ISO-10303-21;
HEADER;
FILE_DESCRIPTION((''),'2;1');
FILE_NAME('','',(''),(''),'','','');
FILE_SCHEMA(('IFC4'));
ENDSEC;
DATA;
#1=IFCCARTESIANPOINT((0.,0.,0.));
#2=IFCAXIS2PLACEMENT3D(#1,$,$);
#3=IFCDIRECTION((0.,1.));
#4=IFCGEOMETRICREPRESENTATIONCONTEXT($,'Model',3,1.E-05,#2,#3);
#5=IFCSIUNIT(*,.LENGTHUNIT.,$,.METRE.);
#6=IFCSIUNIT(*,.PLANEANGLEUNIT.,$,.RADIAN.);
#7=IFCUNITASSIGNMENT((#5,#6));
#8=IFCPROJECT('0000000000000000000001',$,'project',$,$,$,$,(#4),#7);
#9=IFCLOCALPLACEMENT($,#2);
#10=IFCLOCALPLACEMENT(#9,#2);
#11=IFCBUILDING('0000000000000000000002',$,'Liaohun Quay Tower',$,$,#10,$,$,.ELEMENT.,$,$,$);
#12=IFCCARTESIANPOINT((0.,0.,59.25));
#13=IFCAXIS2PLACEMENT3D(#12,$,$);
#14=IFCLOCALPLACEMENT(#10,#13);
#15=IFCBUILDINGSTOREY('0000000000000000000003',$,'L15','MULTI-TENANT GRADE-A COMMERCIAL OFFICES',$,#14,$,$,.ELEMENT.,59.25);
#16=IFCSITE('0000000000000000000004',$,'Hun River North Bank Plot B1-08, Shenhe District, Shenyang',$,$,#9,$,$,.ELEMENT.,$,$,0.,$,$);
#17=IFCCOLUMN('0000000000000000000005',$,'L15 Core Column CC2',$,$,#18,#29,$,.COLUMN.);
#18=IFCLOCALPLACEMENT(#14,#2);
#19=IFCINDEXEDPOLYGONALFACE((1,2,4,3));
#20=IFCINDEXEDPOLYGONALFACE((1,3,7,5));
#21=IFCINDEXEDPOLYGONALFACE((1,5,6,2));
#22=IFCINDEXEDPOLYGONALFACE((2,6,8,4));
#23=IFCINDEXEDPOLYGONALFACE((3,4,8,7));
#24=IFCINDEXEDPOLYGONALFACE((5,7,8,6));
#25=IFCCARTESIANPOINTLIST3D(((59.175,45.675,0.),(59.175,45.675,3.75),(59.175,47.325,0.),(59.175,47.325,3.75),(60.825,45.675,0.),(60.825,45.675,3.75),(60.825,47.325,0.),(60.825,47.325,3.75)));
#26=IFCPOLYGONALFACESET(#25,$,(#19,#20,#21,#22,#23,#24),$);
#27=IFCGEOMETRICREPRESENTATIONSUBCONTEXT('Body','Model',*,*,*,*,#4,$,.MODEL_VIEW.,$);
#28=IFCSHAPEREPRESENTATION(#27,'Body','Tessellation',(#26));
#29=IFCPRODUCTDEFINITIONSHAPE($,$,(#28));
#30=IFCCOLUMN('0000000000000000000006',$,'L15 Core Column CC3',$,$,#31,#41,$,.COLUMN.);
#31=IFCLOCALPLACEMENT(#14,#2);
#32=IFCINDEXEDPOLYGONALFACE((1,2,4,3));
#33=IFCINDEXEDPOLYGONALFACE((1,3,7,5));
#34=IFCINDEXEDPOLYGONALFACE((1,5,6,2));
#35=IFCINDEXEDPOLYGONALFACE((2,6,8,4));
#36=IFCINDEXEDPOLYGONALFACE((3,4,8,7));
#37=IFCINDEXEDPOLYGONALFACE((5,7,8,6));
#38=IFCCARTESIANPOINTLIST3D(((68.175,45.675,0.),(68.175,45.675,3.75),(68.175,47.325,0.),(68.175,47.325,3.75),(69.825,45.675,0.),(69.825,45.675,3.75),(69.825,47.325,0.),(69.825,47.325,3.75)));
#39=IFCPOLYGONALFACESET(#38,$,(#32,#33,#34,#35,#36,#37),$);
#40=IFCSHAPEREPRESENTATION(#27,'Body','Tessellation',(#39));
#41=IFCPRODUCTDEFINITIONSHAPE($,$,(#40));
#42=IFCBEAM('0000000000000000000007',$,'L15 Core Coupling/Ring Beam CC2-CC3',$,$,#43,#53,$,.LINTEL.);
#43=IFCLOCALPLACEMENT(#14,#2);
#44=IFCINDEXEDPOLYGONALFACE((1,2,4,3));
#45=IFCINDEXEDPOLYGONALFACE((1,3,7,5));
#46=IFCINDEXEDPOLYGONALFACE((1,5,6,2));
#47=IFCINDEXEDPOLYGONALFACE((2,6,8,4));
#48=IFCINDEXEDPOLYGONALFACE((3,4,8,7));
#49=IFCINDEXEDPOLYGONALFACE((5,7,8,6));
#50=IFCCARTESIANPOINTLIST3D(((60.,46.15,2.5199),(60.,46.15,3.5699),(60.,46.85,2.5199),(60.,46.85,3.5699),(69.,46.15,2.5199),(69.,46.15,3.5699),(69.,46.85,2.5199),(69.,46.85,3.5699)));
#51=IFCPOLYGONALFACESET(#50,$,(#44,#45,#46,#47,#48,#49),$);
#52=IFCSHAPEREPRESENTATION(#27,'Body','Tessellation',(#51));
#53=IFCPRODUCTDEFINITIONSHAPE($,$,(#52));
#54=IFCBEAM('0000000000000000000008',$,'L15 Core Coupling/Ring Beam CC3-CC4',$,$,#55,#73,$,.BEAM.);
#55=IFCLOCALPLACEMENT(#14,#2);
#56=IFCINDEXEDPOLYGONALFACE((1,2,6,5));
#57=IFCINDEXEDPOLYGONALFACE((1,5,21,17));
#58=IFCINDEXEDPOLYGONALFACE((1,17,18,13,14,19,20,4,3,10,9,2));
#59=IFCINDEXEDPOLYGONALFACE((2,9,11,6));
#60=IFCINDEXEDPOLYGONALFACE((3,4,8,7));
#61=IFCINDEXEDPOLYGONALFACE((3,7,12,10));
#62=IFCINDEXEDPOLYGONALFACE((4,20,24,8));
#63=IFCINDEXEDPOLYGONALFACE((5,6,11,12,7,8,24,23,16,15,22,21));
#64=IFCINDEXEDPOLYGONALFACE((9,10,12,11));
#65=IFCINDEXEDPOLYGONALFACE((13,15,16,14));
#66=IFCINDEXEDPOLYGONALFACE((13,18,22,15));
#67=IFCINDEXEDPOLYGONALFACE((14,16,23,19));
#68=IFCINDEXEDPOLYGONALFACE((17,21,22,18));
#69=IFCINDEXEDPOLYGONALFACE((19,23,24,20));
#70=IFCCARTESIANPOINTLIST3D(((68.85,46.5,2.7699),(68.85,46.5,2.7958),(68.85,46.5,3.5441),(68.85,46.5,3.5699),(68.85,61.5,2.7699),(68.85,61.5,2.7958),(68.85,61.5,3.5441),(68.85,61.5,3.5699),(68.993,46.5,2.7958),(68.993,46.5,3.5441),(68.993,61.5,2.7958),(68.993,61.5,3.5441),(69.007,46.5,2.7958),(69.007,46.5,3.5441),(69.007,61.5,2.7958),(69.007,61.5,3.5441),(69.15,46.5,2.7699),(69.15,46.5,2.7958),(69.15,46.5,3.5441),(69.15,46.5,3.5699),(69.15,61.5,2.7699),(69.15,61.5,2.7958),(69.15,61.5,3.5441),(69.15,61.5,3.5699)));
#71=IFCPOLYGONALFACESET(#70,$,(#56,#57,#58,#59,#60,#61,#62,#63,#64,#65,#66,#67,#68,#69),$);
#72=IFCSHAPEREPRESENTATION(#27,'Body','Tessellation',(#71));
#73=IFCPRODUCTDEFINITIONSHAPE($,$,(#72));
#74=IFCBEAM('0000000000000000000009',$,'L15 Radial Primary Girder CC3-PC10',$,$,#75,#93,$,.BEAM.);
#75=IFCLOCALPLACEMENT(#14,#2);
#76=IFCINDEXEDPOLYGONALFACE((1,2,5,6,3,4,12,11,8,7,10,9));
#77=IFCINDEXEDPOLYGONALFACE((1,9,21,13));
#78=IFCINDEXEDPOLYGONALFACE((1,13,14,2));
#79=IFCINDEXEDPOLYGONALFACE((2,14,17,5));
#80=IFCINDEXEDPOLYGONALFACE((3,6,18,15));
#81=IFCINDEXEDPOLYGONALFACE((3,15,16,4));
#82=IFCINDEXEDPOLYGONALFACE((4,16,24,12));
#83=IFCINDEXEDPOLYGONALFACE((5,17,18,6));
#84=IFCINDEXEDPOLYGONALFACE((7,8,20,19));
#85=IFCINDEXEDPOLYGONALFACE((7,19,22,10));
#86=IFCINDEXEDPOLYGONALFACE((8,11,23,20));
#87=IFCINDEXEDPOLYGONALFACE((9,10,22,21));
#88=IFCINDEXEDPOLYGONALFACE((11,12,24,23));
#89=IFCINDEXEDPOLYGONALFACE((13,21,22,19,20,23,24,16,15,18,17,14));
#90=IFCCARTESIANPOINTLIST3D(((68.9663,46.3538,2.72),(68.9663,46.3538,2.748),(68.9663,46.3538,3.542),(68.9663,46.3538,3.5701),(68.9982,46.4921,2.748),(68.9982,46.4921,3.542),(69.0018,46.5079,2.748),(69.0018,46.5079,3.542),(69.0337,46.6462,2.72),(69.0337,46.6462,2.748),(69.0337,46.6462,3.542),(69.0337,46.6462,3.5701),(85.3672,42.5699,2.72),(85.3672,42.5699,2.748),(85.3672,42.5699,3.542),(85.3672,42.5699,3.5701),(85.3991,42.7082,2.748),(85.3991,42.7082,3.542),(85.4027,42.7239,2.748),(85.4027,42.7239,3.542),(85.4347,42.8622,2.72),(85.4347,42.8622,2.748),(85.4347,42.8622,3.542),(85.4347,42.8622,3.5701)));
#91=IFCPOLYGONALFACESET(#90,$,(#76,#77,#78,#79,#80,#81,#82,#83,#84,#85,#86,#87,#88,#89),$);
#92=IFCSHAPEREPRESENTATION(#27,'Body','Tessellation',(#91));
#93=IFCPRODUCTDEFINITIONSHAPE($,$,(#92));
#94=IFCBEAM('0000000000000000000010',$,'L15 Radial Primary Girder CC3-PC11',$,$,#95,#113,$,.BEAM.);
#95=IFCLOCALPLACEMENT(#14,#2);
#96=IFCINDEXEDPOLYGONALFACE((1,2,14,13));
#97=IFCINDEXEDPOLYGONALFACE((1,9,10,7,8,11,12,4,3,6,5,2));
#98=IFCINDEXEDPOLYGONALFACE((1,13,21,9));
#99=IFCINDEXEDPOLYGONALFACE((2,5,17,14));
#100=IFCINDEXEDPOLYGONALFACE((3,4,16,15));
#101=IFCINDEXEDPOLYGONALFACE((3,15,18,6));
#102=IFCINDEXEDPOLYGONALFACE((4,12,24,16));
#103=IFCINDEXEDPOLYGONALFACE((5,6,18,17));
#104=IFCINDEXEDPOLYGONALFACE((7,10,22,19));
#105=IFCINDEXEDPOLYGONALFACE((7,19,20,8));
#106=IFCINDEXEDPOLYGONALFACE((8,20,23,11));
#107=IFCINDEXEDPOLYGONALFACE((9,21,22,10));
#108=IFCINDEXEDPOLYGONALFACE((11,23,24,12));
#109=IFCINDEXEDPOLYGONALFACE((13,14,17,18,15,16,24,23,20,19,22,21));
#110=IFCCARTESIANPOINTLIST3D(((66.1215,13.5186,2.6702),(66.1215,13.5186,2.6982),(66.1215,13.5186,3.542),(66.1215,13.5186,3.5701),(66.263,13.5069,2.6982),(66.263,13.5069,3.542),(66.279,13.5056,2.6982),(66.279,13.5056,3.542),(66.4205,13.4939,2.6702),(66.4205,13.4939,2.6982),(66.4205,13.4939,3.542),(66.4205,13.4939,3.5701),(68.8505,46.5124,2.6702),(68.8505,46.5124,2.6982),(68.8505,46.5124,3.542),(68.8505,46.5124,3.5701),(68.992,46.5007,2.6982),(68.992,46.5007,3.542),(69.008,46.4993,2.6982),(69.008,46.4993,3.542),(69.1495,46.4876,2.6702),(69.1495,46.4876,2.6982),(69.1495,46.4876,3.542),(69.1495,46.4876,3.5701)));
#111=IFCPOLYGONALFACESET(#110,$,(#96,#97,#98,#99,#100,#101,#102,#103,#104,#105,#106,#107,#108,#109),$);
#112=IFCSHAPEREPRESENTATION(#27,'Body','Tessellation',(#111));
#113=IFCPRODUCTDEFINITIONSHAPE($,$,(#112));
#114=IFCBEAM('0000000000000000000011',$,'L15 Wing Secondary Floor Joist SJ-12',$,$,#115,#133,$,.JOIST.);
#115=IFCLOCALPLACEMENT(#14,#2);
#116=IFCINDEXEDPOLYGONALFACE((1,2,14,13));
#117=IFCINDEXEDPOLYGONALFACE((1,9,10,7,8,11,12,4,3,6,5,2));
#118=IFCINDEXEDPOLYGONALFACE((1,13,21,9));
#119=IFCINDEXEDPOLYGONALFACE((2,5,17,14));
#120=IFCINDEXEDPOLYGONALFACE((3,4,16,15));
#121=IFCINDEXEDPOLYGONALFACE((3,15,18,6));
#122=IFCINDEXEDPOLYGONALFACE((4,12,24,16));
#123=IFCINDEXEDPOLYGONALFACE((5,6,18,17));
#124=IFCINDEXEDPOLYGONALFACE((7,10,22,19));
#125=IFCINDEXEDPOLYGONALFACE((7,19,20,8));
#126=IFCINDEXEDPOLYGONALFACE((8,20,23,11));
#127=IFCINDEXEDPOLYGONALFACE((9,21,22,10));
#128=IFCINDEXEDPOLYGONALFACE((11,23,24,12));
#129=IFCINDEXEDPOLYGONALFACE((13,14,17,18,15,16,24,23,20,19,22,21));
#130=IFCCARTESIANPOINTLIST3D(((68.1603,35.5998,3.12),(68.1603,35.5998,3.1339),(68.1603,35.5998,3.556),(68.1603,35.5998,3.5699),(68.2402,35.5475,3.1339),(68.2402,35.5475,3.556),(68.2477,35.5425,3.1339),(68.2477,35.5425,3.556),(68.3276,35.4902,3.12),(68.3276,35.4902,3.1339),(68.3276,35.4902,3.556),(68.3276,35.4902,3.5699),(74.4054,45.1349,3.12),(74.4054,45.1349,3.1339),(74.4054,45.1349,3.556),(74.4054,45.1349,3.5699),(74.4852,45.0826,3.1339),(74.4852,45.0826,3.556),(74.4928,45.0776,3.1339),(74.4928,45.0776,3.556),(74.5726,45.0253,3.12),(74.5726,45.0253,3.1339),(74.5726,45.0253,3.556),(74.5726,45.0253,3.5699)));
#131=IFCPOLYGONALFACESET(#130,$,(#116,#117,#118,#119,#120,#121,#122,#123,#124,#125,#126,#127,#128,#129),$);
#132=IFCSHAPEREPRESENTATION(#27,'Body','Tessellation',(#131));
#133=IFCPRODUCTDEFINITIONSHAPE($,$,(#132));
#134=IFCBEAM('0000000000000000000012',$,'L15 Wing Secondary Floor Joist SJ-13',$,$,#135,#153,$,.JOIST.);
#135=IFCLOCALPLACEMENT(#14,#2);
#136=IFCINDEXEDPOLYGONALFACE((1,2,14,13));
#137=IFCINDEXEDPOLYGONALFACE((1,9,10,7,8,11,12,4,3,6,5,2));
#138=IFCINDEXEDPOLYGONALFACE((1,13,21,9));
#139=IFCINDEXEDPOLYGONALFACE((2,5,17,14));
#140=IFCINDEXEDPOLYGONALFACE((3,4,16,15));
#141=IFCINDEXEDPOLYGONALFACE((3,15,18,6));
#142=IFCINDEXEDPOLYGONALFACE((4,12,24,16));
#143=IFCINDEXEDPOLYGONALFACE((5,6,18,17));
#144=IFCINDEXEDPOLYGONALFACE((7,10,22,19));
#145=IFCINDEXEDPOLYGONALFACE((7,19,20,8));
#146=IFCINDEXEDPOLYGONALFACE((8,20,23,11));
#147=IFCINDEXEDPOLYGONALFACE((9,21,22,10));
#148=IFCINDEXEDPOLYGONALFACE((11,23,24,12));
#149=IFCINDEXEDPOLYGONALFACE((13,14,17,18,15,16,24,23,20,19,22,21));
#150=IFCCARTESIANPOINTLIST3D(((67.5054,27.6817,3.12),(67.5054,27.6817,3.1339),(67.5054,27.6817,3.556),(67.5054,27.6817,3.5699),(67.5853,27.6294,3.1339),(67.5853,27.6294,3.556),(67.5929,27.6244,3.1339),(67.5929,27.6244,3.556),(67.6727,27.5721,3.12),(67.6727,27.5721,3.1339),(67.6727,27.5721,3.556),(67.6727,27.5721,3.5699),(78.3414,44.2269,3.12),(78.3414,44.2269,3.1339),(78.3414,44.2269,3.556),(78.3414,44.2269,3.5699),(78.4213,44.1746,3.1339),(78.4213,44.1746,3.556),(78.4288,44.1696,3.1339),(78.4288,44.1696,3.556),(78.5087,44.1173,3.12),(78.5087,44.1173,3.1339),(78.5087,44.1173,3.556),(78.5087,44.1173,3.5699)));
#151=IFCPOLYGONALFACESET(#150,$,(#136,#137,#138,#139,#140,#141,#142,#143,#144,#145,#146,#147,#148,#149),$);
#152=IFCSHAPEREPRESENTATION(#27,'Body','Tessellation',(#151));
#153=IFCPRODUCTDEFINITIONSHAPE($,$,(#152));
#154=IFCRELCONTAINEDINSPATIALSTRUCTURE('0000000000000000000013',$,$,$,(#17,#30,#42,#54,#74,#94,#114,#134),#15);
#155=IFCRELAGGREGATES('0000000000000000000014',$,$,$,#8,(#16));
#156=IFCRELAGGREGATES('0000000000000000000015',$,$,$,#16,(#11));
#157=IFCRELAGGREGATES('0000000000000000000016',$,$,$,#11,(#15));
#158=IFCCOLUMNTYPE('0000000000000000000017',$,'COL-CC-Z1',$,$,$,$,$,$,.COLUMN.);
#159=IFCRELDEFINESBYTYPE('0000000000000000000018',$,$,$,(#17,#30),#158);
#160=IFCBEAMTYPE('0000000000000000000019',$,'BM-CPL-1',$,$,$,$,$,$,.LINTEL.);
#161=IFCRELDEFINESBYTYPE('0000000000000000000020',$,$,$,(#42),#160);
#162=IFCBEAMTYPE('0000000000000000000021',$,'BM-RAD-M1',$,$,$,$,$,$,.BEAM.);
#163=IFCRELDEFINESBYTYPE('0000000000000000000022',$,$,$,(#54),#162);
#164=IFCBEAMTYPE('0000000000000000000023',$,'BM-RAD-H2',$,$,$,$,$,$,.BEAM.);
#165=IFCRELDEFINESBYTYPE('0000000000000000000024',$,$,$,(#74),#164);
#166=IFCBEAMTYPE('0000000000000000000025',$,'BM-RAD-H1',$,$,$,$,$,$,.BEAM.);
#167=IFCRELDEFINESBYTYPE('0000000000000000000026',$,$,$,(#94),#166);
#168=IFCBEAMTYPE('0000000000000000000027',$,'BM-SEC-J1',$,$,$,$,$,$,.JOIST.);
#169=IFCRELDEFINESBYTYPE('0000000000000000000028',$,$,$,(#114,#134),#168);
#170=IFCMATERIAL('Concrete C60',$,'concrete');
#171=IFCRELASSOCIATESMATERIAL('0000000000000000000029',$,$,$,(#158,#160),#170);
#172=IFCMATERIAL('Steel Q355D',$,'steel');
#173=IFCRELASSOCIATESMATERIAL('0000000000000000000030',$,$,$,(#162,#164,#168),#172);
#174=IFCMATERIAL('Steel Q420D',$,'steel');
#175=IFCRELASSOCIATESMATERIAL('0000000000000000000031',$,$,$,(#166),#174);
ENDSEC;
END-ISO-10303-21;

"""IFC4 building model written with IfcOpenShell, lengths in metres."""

from ifc_helpers import new_model, si_unit, direction, frame, origin, origin_2d, place, context, subcontext, project, spatial, rectangle, i_section, extrude, source, transform, mapped, material, material_profile, profile_set, type_object, element, save


model = new_model("IFC4")

# Units and contexts
model_context = context("Model", 3, precision=1e-05, world=origin(), true_north=direction((0.0, 1.0)))
body_context = subcontext(model_context, "Body", "Model", "MODEL_VIEW")
ifc_project = project(units=[si_unit("LENGTHUNIT", "METRE"), si_unit("PLANEANGLEUNIT", "RADIAN")], contexts=[model_context])

# Site, building, storey
site_placement = place(None, origin())
site = spatial("IfcSite", under=ifc_project, at=site_placement, Name="Hun River North Bank Plot B1-08, Shenhe District, Shenyang", CompositionType="ELEMENT", RefElevation=0.0)
building_placement = place(site_placement, origin())
building = spatial("IfcBuilding", under=site, at=building_placement, Name="Liaohun Quay Tower", CompositionType="ELEMENT")
storey_placement = place(building_placement, frame((0.0, 0.0, 59.25)))
storey = spatial("IfcBuildingStorey", under=building, at=storey_placement, Name="L15", Description="MULTI-TENANT GRADE-A COMMERCIAL OFFICES", CompositionType="ELEMENT", Elevation=59.25)

# Columns
ifc_material_1 = material(Name="Concrete C60", Category="concrete")
ifc_material_profile_1 = material_profile(ifc_material_1, rectangle(XDim=1.6499, YDim=1.6499, at=origin_2d()), Name="RC1650x1650")
ifc_profile_set_1 = profile_set([ifc_material_profile_1], Name="Concrete C60")
column_type = type_object("IfcColumnType", Name="COL-CC-Z1", PredefinedType="COLUMN", material=ifc_profile_set_1)
shared_shape_1 = source(origin(), body_context, "Body", "SweptSolid", [
    extrude(rectangle(XDim=1.6499, YDim=1.6499, at=origin_2d()), origin(), (0.0, 0.0, 1.0), 3.75),
])
for number, where, z_axis, x_axis, name in (
    (1, (60.0, 46.5, 0.0), (0.0, 0.0, 1.0), (1.0, 0.0, 0.0), "L15 Core Column CC2"),
    (2, (69.0, 46.5, 0.0), (0.0, 0.0, 1.0), (1.0, 0.0, 0.0), "L15 Core Column CC3"),
):
    element("IfcColumn", number, at=place(storey_placement, frame(where, z_axis=z_axis, x_axis=x_axis)), inside=storey, type_object=column_type, Name=name, PredefinedType="COLUMN", context=body_context, shape_type="MappedRepresentation", body=[
        mapped(shared_shape_1, transform((0.0, 0.0, 0.0), x_axis=(1.0, 0.0, 0.0), y_axis=(0.0, 1.0, 0.0), z_axis=(0.0, 0.0, 1.0), scale=1.0)),
    ])

# Beams
ifc_material_profile_2 = material_profile(ifc_material_1, rectangle(XDim=0.7, YDim=1.05, at=origin_2d()), Name="RC700x1050")
ifc_profile_set_2 = profile_set([ifc_material_profile_2], Name="Concrete C60")
beam_type_1 = type_object("IfcBeamType", Name="BM-CPL-1", PredefinedType="LINTEL", material=ifc_profile_set_2)
shared_shape_2 = source(origin(), body_context, "Body", "SweptSolid", [
    extrude(rectangle(XDim=0.7, YDim=1.05, at=origin_2d()), origin(), (0.0, 0.0, 1.0), 9.0),
])
beam_1_placement = place(storey_placement, frame((60.0, 46.5, 3.0449), z_axis=(1.0, 0.0, 0.0), x_axis=(0.0, 1.0, 0.0)))
element("IfcBeam", 3, at=beam_1_placement, inside=storey, type_object=beam_type_1, Name="L15 Core Coupling/Ring Beam CC2-CC3", PredefinedType="LINTEL", context=body_context, shape_type="MappedRepresentation", body=[
    mapped(shared_shape_2, transform((0.0, 0.0, 0.0), x_axis=(1.0, 0.0, 0.0), y_axis=(0.0, 1.0, 0.0), z_axis=(0.0, 0.0, 1.0), scale=1.0)),
])
ifc_material_2 = material(Name="Steel Q355D", Category="steel")
ifc_material_profile_3 = material_profile(ifc_material_2, i_section(OverallWidth=0.3, OverallDepth=0.8, WebThickness=0.0139, FlangeThickness=0.0259, at=origin_2d()), Name="HN800x300x14x26")
ifc_profile_set_3 = profile_set([ifc_material_profile_3], Name="Steel Q355D")
beam_type_2 = type_object("IfcBeamType", Name="BM-RAD-M1", PredefinedType="BEAM", material=ifc_profile_set_3)
shared_shape_3 = source(origin(), body_context, "Body", "SweptSolid", [
    extrude(i_section(OverallWidth=0.3, OverallDepth=0.8, WebThickness=0.0139, FlangeThickness=0.0259, at=origin_2d()), origin(), (0.0, 0.0, 1.0), 15.0),
])
beam_2_placement = place(storey_placement, frame((69.0, 46.5, 3.1699), z_axis=(0.0, 1.0, 0.0), x_axis=(-1.0, 0.0, 0.0)))
element("IfcBeam", 4, at=beam_2_placement, inside=storey, type_object=beam_type_2, Name="L15 Core Coupling/Ring Beam CC3-CC4", PredefinedType="BEAM", context=body_context, shape_type="MappedRepresentation", body=[
    mapped(shared_shape_3, transform((0.0, 0.0, 0.0), x_axis=(1.0, 0.0, 0.0), y_axis=(0.0, 1.0, 0.0), z_axis=(0.0, 0.0, 1.0), scale=1.0)),
])
ifc_material_profile_4 = material_profile(ifc_material_2, i_section(OverallWidth=0.3, OverallDepth=0.8501, WebThickness=0.0161, FlangeThickness=0.0281, at=origin_2d()), Name="HN850x300x16x28")
ifc_profile_set_4 = profile_set([ifc_material_profile_4], Name="Steel Q355D")
beam_type_3 = type_object("IfcBeamType", Name="BM-RAD-H2", PredefinedType="BEAM", material=ifc_profile_set_4)
shared_shape_4 = source(origin(), body_context, "Body", "SweptSolid", [
    extrude(i_section(OverallWidth=0.3, OverallDepth=0.8501, WebThickness=0.0161, FlangeThickness=0.0281, at=origin_2d()), origin(), (0.0, 0.0, 1.0), 16.8318),
])
beam_3_placement = place(storey_placement, frame((69.0, 46.5, 3.145), z_axis=(0.974403, -0.22481, 0.0), x_axis=(0.22481, 0.974403, 0.0)))
element("IfcBeam", 5, at=beam_3_placement, inside=storey, type_object=beam_type_3, Name="L15 Radial Primary Girder CC3-PC10", PredefinedType="BEAM", context=body_context, shape_type="MappedRepresentation", body=[
    mapped(shared_shape_4, transform((0.0, 0.0, 0.0), x_axis=(1.0, 0.0, 0.0), y_axis=(0.0, 1.0, 0.0), z_axis=(0.0, 0.0, 1.0), scale=1.0)),
])
ifc_material_3 = material(Name="Steel Q420D", Category="steel")
ifc_material_profile_5 = material_profile(ifc_material_3, i_section(OverallWidth=0.3, OverallDepth=0.8999, WebThickness=0.0161, FlangeThickness=0.0281, at=origin_2d()), Name="HN900x300x16x28")
ifc_profile_set_5 = profile_set([ifc_material_profile_5], Name="Steel Q420D")
beam_type_4 = type_object("IfcBeamType", Name="BM-RAD-H1", PredefinedType="BEAM", material=ifc_profile_set_5)
shared_shape_5 = source(origin(), body_context, "Body", "SweptSolid", [
    extrude(i_section(OverallWidth=0.3, OverallDepth=0.8999, WebThickness=0.0161, FlangeThickness=0.0281, at=origin_2d()), origin(), (0.0, 0.0, 1.0), 33.1064),
])
beam_4_placement = place(storey_placement, frame((69.0, 46.5, 3.1201), z_axis=(-0.082431, -0.996597, 0.0), x_axis=(0.996597, -0.082431, 0.0)))
element("IfcBeam", 6, at=beam_4_placement, inside=storey, type_object=beam_type_4, Name="L15 Radial Primary Girder CC3-PC11", PredefinedType="BEAM", context=body_context, shape_type="MappedRepresentation", body=[
    mapped(shared_shape_5, transform((0.0, 0.0, 0.0), x_axis=(1.0, 0.0, 0.0), y_axis=(0.0, 1.0, 0.0), z_axis=(0.0, 0.0, 1.0), scale=1.0)),
])
ifc_material_profile_6 = material_profile(ifc_material_2, i_section(OverallWidth=0.2, OverallDepth=0.45, WebThickness=0.009, FlangeThickness=0.0139, at=origin_2d()), Name="HN450x200x9x14")
ifc_profile_set_6 = profile_set([ifc_material_profile_6], Name="Steel Q355D")
beam_type_5 = type_object("IfcBeamType", Name="BM-SEC-J1", PredefinedType="JOIST", material=ifc_profile_set_6)
shared_shape_6 = source(origin(), body_context, "Body", "SweptSolid", [
    extrude(i_section(OverallWidth=0.2, OverallDepth=0.45, WebThickness=0.009, FlangeThickness=0.0139, at=origin_2d()), origin(), (0.0, 0.0, 1.0), 11.3982),
])
beam_5_placement = place(storey_placement, frame((74.489, 45.0801, 3.345), z_axis=(-0.5479, -0.836544, 0.0), x_axis=(0.836544, -0.5479, 0.0)))
element("IfcBeam", 7, at=beam_5_placement, inside=storey, type_object=beam_type_5, Name="L15 Wing Secondary Floor Joist SJ-12", PredefinedType="JOIST", context=body_context, shape_type="MappedRepresentation", body=[
    mapped(shared_shape_6, transform((0.0, 0.0, 0.0), x_axis=(1.0, 0.0, 0.0), y_axis=(0.0, 1.0, 0.0), z_axis=(0.0, 0.0, 1.0), scale=1.0)),
])
shared_shape_7 = source(origin(), body_context, "Body", "SweptSolid", [
    extrude(i_section(OverallWidth=0.2, OverallDepth=0.45, WebThickness=0.009, FlangeThickness=0.0139, at=origin_2d()), origin(), (0.0, 0.0, 1.0), 19.7778),
])
beam_6_placement = place(storey_placement, frame((78.425, 44.1721, 3.345), z_axis=(-0.547885, -0.836554, 0.0), x_axis=(0.836554, -0.547885, 0.0)))
element("IfcBeam", 8, at=beam_6_placement, inside=storey, type_object=beam_type_5, Name="L15 Wing Secondary Floor Joist SJ-13", PredefinedType="JOIST", context=body_context, shape_type="MappedRepresentation", body=[
    mapped(shared_shape_7, transform((0.0, 0.0, 0.0), x_axis=(1.0, 0.0, 0.0), y_axis=(0.0, 1.0, 0.0), z_axis=(0.0, 0.0, 1.0), scale=1.0)),
])

save(model, "model.ifc")
